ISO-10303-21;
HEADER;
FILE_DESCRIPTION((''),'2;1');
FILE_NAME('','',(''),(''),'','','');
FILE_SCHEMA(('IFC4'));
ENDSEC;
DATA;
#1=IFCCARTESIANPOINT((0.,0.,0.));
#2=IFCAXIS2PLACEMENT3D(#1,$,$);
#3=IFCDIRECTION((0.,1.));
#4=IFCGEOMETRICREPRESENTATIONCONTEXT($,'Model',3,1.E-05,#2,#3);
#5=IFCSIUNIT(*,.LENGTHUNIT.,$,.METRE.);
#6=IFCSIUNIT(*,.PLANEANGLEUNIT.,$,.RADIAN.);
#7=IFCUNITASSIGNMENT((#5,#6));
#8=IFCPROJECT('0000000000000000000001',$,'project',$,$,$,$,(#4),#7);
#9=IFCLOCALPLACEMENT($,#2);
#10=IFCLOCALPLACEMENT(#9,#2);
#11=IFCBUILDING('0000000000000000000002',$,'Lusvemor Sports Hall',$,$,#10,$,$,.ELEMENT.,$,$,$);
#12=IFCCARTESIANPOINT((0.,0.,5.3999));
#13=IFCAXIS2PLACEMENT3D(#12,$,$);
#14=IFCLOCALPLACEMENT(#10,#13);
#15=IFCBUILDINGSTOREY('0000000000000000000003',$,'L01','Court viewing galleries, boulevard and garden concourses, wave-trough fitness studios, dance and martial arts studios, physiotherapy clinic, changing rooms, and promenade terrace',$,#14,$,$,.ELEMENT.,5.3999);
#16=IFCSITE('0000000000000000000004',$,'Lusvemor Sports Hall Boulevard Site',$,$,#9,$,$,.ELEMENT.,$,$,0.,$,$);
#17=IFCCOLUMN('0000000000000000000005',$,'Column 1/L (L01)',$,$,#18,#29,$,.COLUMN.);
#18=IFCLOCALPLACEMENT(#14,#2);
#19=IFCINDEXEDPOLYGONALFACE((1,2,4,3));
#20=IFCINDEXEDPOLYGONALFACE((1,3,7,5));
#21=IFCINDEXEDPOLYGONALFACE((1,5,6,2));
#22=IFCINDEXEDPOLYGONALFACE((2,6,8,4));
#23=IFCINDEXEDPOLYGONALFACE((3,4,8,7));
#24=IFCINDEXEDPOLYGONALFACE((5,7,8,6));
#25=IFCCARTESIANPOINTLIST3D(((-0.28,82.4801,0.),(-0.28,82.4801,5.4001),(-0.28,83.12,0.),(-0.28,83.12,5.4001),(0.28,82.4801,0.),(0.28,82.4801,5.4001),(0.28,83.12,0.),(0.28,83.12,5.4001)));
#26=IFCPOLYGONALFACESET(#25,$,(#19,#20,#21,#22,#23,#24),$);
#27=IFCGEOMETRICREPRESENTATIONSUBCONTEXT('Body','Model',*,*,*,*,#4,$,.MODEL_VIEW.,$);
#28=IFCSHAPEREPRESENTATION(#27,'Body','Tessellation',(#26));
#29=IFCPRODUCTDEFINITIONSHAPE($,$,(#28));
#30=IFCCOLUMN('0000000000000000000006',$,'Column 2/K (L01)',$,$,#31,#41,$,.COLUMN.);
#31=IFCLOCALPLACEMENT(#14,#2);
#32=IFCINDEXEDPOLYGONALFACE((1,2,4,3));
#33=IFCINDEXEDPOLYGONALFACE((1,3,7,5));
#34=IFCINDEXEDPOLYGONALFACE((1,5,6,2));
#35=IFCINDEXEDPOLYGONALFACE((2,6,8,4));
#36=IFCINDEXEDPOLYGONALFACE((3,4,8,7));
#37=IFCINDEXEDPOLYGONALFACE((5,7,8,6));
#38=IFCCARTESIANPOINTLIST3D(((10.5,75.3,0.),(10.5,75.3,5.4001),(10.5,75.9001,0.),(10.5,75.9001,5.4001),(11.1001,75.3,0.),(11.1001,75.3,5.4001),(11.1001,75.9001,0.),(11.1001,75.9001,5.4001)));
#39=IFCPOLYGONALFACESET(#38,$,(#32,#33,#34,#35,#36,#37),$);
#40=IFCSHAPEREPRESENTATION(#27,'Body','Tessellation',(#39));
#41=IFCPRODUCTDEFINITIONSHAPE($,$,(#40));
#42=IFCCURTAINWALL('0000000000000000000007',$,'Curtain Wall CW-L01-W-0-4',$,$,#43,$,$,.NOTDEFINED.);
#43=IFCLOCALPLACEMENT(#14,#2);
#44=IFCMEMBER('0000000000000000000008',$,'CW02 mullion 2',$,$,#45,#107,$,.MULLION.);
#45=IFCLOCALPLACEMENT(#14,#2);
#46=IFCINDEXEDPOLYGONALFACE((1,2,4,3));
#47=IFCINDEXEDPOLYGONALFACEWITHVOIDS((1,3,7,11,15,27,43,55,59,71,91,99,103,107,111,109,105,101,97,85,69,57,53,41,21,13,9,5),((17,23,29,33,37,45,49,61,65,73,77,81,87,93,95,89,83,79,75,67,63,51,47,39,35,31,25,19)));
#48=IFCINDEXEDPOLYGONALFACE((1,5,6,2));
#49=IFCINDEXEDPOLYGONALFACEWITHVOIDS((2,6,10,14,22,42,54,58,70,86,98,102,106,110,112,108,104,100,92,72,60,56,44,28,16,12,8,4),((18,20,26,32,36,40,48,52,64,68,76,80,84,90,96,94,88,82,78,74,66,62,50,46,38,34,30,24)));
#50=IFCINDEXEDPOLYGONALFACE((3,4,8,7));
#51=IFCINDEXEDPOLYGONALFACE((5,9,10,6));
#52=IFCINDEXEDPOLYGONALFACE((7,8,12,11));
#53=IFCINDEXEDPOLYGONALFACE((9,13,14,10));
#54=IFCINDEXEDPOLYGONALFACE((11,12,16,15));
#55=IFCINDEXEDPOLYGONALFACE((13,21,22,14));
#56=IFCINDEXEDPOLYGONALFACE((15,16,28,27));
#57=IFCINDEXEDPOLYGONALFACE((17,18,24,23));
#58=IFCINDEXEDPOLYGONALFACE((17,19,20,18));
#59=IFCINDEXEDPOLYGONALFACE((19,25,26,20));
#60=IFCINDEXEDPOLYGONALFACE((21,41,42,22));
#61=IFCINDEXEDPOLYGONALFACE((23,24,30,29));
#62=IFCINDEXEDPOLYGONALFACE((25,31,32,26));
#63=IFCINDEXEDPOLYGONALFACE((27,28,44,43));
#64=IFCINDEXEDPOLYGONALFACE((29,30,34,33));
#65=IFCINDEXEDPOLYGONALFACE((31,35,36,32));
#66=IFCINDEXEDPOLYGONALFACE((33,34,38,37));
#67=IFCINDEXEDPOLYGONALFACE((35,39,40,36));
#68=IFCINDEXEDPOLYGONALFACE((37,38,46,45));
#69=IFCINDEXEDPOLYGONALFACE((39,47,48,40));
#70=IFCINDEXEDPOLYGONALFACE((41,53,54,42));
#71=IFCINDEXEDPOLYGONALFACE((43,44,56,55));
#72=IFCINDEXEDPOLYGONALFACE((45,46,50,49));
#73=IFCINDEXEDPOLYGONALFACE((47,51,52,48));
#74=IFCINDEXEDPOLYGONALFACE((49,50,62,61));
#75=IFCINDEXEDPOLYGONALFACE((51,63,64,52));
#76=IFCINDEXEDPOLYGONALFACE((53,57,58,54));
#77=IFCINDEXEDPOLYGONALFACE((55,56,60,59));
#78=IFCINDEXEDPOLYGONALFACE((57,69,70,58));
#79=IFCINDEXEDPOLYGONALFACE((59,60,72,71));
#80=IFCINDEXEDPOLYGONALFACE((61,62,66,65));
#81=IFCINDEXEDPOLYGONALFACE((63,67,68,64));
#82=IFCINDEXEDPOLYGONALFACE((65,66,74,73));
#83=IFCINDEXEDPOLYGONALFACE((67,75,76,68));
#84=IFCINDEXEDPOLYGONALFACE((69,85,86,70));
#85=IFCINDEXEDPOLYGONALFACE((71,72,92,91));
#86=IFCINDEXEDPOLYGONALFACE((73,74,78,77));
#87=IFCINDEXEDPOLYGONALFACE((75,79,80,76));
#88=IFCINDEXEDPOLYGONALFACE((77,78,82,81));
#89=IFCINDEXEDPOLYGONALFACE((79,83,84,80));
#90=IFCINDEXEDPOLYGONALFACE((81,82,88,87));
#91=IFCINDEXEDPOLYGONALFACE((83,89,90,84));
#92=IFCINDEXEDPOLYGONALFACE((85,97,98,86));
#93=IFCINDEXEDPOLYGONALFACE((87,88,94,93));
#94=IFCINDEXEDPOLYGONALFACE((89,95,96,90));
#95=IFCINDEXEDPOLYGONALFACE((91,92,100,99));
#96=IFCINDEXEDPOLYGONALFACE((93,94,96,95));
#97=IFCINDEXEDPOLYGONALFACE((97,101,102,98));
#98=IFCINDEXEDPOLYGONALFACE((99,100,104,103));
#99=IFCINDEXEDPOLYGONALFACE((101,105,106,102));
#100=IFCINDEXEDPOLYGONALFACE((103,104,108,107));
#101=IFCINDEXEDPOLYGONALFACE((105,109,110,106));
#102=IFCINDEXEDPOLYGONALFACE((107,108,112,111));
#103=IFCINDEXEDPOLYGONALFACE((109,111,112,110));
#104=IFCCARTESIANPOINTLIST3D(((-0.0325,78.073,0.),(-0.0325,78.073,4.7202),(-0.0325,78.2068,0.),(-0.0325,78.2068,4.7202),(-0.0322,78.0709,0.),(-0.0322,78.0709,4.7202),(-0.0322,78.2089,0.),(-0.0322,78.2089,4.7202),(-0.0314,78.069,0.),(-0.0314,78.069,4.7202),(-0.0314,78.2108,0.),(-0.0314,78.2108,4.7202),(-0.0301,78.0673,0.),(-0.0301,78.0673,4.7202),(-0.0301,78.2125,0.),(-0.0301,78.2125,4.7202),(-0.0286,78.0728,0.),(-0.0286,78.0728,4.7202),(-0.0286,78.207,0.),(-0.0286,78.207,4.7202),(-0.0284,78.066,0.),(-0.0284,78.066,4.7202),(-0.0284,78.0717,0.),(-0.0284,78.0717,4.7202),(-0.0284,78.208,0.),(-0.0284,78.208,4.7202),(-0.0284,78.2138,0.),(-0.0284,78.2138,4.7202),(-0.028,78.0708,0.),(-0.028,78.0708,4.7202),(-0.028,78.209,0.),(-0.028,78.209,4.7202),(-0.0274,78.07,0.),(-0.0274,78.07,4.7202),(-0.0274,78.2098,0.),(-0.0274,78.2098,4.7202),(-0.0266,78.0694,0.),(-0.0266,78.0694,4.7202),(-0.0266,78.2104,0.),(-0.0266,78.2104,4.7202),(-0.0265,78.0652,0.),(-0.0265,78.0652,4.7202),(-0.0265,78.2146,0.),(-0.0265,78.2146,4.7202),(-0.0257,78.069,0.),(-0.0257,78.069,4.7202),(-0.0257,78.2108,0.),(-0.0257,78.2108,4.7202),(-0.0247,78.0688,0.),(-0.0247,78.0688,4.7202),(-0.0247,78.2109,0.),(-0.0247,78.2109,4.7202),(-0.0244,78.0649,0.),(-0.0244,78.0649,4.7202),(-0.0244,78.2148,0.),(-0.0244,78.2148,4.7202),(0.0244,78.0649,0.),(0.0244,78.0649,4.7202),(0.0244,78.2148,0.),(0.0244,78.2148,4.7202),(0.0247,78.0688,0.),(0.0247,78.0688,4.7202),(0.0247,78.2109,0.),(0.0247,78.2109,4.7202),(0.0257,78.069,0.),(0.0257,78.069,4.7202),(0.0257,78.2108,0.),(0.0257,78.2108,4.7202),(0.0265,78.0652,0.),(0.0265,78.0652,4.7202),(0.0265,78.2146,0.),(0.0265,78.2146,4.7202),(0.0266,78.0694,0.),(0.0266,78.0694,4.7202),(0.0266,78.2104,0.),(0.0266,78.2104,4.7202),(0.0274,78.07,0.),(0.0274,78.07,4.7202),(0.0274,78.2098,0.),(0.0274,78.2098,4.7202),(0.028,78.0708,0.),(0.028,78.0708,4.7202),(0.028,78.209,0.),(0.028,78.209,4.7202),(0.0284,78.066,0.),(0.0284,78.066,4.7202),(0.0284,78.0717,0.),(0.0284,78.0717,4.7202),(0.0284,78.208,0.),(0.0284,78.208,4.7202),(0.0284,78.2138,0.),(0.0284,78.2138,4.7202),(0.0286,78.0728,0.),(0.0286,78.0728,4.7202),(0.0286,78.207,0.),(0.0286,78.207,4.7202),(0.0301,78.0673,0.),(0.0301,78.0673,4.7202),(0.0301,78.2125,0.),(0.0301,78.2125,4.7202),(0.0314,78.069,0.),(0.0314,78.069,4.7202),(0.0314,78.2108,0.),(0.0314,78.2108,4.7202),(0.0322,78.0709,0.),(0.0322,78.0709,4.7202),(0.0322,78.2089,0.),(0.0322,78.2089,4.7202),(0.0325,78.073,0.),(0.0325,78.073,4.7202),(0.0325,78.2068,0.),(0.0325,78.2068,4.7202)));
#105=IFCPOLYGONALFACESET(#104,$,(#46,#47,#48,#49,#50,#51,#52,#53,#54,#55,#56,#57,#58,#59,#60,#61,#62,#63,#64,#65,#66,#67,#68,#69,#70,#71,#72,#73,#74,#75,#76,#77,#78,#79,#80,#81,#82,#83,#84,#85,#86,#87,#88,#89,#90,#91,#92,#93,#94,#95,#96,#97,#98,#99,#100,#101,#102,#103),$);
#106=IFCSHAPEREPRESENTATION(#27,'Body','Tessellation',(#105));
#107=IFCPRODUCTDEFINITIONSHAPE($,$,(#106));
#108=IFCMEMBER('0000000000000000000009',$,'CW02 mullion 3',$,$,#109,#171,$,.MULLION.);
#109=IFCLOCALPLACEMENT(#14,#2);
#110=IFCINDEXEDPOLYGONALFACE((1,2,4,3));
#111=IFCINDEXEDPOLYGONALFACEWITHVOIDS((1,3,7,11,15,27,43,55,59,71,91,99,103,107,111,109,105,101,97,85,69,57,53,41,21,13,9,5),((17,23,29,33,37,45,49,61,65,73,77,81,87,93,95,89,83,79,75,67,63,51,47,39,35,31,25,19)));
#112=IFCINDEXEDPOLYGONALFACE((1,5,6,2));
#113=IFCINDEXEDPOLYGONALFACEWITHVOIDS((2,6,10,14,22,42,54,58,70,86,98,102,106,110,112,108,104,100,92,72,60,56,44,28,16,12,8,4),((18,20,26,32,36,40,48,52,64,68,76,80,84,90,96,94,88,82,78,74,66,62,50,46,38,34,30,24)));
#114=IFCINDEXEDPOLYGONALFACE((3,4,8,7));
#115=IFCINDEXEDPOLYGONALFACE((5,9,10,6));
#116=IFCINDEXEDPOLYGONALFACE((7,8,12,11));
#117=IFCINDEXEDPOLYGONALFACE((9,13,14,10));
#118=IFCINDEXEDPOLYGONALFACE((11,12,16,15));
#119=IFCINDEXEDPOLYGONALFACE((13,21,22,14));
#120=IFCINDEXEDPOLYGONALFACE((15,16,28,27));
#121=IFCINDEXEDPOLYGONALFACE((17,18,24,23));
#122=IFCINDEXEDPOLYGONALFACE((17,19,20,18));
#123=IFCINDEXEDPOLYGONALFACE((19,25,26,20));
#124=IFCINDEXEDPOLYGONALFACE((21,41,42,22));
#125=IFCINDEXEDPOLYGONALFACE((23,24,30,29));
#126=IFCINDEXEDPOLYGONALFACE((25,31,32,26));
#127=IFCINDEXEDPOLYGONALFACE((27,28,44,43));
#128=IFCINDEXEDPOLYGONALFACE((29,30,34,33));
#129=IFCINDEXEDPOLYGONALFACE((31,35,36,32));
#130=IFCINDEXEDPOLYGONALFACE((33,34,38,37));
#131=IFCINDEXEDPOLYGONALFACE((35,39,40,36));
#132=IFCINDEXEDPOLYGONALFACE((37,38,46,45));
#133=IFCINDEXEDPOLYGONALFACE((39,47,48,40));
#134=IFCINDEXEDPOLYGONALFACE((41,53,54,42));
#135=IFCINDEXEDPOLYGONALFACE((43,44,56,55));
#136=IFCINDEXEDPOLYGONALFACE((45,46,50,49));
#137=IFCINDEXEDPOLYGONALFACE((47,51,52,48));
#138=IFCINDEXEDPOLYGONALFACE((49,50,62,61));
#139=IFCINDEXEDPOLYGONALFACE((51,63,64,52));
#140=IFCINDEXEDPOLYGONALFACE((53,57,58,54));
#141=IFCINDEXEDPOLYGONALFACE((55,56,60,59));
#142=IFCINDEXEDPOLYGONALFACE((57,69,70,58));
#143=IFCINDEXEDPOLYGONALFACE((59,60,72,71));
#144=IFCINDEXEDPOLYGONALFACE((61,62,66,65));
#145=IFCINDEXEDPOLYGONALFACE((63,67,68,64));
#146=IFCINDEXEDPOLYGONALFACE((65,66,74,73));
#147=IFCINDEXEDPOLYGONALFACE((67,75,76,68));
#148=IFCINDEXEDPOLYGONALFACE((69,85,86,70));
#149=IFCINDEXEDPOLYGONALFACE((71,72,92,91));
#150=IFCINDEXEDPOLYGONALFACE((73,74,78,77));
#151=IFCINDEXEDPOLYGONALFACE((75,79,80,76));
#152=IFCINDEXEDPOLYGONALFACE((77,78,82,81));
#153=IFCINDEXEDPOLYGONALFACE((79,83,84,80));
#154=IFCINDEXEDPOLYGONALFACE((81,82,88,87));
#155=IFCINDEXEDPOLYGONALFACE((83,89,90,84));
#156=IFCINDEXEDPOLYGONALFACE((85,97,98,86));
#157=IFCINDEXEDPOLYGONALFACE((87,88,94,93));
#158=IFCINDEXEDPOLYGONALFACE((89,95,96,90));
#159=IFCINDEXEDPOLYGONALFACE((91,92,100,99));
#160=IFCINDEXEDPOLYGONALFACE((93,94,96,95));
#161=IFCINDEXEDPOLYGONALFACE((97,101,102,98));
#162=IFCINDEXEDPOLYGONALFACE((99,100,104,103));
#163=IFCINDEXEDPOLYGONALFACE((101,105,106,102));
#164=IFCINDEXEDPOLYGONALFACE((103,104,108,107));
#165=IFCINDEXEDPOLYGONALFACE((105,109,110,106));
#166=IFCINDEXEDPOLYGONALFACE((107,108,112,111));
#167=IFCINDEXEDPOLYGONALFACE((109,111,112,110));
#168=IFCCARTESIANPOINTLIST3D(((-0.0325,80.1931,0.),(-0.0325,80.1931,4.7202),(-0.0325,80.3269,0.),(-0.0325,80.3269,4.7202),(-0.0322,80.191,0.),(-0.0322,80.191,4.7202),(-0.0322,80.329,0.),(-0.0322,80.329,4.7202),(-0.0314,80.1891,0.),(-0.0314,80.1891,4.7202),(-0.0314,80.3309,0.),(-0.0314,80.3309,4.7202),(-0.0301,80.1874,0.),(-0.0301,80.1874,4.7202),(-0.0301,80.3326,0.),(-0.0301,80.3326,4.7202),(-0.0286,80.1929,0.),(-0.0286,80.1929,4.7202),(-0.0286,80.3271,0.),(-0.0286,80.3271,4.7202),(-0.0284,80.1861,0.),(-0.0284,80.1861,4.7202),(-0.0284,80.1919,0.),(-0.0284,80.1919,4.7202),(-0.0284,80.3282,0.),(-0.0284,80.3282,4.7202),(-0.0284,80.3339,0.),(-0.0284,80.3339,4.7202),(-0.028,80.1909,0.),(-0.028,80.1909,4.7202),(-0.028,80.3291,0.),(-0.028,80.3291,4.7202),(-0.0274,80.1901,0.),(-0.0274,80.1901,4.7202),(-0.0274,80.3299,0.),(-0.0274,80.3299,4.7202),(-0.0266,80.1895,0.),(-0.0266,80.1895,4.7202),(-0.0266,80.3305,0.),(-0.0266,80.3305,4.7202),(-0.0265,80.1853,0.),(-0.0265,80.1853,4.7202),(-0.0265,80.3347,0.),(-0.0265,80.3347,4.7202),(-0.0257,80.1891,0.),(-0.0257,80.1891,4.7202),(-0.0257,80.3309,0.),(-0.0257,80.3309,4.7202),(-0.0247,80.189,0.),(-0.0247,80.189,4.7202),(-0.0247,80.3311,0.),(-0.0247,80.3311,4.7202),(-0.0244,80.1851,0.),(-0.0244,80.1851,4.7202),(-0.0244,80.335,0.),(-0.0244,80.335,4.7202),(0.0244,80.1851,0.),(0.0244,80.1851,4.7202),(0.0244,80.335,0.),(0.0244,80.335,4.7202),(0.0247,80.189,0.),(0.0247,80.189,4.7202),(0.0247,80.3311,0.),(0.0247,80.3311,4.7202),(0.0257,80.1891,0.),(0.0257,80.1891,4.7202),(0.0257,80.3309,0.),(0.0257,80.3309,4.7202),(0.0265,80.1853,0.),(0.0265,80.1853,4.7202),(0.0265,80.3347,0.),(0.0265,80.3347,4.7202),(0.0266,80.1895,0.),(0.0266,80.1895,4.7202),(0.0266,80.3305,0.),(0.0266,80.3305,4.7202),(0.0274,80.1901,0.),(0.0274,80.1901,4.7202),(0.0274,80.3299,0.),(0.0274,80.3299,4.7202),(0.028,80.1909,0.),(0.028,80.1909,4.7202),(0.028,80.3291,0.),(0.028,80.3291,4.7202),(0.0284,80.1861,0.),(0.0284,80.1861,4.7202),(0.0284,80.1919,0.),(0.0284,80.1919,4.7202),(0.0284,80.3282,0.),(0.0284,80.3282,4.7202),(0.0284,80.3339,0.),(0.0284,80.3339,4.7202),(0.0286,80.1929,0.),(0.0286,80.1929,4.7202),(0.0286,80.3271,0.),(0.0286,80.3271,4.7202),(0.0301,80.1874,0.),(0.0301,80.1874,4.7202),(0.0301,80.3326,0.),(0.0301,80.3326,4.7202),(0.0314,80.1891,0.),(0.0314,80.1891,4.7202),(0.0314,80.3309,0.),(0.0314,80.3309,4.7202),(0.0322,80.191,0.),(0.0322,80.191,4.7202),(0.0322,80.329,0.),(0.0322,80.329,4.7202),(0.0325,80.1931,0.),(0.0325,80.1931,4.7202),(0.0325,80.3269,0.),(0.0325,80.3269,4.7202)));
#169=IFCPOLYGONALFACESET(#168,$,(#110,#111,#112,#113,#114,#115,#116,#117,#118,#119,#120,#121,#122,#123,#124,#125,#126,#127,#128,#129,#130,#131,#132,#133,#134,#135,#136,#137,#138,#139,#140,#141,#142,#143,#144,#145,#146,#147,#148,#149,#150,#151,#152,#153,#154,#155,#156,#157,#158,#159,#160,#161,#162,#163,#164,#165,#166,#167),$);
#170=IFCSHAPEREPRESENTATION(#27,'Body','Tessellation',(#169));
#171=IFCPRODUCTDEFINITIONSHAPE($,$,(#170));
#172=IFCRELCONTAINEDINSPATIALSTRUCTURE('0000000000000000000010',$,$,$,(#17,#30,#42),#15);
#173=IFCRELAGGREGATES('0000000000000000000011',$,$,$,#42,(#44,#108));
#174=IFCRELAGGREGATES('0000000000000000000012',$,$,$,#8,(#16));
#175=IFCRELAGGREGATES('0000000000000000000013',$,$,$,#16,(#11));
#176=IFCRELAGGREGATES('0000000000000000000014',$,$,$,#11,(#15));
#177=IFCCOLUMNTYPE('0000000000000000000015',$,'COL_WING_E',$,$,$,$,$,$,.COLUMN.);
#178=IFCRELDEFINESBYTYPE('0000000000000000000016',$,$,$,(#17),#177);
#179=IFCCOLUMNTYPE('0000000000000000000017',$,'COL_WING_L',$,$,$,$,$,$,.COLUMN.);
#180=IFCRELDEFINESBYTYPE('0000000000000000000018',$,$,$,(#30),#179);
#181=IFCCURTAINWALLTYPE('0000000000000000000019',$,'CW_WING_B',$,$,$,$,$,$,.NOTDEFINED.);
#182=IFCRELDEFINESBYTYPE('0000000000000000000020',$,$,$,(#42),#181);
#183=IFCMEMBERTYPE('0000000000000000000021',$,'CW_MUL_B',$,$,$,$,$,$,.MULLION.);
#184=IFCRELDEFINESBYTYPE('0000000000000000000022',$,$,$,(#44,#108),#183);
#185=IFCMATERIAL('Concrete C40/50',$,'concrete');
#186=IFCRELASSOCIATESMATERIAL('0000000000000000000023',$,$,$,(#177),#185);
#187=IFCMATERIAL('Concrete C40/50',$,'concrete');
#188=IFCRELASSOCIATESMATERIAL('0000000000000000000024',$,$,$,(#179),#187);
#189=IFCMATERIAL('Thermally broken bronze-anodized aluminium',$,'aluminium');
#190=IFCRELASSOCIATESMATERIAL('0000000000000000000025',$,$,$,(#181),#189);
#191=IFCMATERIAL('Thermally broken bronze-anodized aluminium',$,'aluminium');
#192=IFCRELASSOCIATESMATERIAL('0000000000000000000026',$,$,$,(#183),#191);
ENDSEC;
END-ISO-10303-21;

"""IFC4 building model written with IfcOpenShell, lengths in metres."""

from ifc_helpers import new_model, si_unit, direction, frame, origin, origin_2d, place, context, subcontext, project, spatial, rectangle, hollow_rectangle, extrude, material, material_profile, profile_set, type_object, element, aggregate, save


model = new_model("IFC4")

# Units and contexts
model_context = context("Model", 3, precision=1e-05, world=origin(), true_north=direction((0.0, 1.0)))
body_context = subcontext(model_context, "Body", "Model", "MODEL_VIEW")
ifc_project = project(units=[si_unit("LENGTHUNIT", "METRE"), si_unit("PLANEANGLEUNIT", "RADIAN")], contexts=[model_context])

# Site, building, storey
site_placement = place(None, origin())
site = spatial("IfcSite", under=ifc_project, at=site_placement, Name="Lusvemor Sports Hall Boulevard Site", CompositionType="ELEMENT", RefElevation=0.0)
building_placement = place(site_placement, origin())
building = spatial("IfcBuilding", under=site, at=building_placement, Name="Lusvemor Sports Hall", CompositionType="ELEMENT")
storey_placement = place(building_placement, frame((0.0, 0.0, 5.3999)))
storey = spatial("IfcBuildingStorey", under=building, at=storey_placement, Name="L01", Description="Court viewing galleries, boulevard and garden concourses, wave-trough fitness studios, dance and martial arts studios, physiotherapy clinic, changing rooms, and promenade terrace", CompositionType="ELEMENT", Elevation=5.3999)

# Columns
ifc_material_1 = material(Name="Concrete C40/50", Category="concrete")
ifc_material_profile_1 = material_profile(ifc_material_1, rectangle(XDim=0.5601, YDim=0.6399, at=origin_2d()), Name="RC560x640")
ifc_profile_set_1 = profile_set([ifc_material_profile_1], Name="Concrete C40/50")
column_type_1 = type_object("IfcColumnType", Name="COL_WING_E", PredefinedType="COLUMN", material=ifc_profile_set_1)
column_1_placement = place(storey_placement, frame((0.0, 82.8, 0.0), z_axis=(0.0, 0.0, 1.0), x_axis=(1.0, 0.0, 0.0)))
element("IfcColumn", 1, at=column_1_placement, inside=storey, type_object=column_type_1, Name="Column 1/L (L01)", PredefinedType="COLUMN", context=body_context, shape_type="SweptSolid", body=[
    extrude(rectangle(XDim=0.5601, YDim=0.6399, at=origin_2d()), origin(), (0.0, 0.0, 1.0), 5.4001),
])
ifc_material_2 = material(Name="Concrete C40/50", Category="concrete")
ifc_material_profile_2 = material_profile(ifc_material_2, rectangle(XDim=0.6001, YDim=0.6001, at=origin_2d()), Name="RC600x600")
ifc_profile_set_2 = profile_set([ifc_material_profile_2], Name="Concrete C40/50")
column_type_2 = type_object("IfcColumnType", Name="COL_WING_L", PredefinedType="COLUMN", material=ifc_profile_set_2)
column_2_placement = place(storey_placement, frame((10.8, 75.6001, 0.0), z_axis=(0.0, 0.0, 1.0), x_axis=(1.0, 0.0, 0.0)))
element("IfcColumn", 2, at=column_2_placement, inside=storey, type_object=column_type_2, Name="Column 2/K (L01)", PredefinedType="COLUMN", context=body_context, shape_type="SweptSolid", body=[
    extrude(rectangle(XDim=0.6001, YDim=0.6001, at=origin_2d()), origin(), (0.0, 0.0, 1.0), 5.4001),
])

# Curtain wall, members
ifc_material_3 = material(Name="Thermally broken bronze-anodized aluminium", Category="aluminium")
curtain_wall_type = type_object("IfcCurtainWallType", Name="CW_WING_B", PredefinedType="NOTDEFINED", material=ifc_material_3)
curtain_wall_placement = place(storey_placement, origin())
curtain_wall = element("IfcCurtainWall", 3, at=curtain_wall_placement, inside=storey, type_object=curtain_wall_type, Name="Curtain Wall CW-L01-W-0-4", PredefinedType="NOTDEFINED")
ifc_material_4 = material(Name="Thermally broken bronze-anodized aluminium", Category="aluminium")
ifc_material_profile_3 = material_profile(ifc_material_4, hollow_rectangle(XDim=0.0649, YDim=0.1499, WallThickness=0.0039, InnerFilletRadius=0.0039, OuterFilletRadius=0.0081, at=origin_2d()), Name="CWMUL150x65x4")
ifc_profile_set_3 = profile_set([ifc_material_profile_3], Name="Thermally broken bronze-anodized aluminium")
member_type_1 = type_object("IfcMemberType", Name="CW_MUL_B", PredefinedType="MULLION", material=ifc_profile_set_3)
member_1_placement = place(storey_placement, frame((0.0, 78.1399, 0.0), z_axis=(0.0, 0.0, 1.0), x_axis=(-1.0, 0.0, 0.0)))
member_1 = element("IfcMember", 4, at=member_1_placement, type_object=member_type_1, Name="CW02 mullion 2", PredefinedType="MULLION", context=body_context, shape_type="SweptSolid", body=[
    extrude(hollow_rectangle(XDim=0.0649, YDim=0.1499, WallThickness=0.0039, InnerFilletRadius=0.0039, OuterFilletRadius=0.0081, at=origin_2d()), origin(), (0.0, 0.0, 1.0), 4.7202),
])
member_2_placement = place(storey_placement, frame((0.0, 80.26, 0.0), z_axis=(0.0, 0.0, 1.0), x_axis=(-1.0, 0.0, 0.0)))
member_2 = element("IfcMember", 5, at=member_2_placement, type_object=member_type_1, Name="CW02 mullion 3", PredefinedType="MULLION", context=body_context, shape_type="SweptSolid", body=[
    extrude(hollow_rectangle(XDim=0.0649, YDim=0.1499, WallThickness=0.0039, InnerFilletRadius=0.0039, OuterFilletRadius=0.0081, at=origin_2d()), origin(), (0.0, 0.0, 1.0), 4.7202),
])

aggregate(curtain_wall, [member_1, member_2])

save(model, "model.ifc")
